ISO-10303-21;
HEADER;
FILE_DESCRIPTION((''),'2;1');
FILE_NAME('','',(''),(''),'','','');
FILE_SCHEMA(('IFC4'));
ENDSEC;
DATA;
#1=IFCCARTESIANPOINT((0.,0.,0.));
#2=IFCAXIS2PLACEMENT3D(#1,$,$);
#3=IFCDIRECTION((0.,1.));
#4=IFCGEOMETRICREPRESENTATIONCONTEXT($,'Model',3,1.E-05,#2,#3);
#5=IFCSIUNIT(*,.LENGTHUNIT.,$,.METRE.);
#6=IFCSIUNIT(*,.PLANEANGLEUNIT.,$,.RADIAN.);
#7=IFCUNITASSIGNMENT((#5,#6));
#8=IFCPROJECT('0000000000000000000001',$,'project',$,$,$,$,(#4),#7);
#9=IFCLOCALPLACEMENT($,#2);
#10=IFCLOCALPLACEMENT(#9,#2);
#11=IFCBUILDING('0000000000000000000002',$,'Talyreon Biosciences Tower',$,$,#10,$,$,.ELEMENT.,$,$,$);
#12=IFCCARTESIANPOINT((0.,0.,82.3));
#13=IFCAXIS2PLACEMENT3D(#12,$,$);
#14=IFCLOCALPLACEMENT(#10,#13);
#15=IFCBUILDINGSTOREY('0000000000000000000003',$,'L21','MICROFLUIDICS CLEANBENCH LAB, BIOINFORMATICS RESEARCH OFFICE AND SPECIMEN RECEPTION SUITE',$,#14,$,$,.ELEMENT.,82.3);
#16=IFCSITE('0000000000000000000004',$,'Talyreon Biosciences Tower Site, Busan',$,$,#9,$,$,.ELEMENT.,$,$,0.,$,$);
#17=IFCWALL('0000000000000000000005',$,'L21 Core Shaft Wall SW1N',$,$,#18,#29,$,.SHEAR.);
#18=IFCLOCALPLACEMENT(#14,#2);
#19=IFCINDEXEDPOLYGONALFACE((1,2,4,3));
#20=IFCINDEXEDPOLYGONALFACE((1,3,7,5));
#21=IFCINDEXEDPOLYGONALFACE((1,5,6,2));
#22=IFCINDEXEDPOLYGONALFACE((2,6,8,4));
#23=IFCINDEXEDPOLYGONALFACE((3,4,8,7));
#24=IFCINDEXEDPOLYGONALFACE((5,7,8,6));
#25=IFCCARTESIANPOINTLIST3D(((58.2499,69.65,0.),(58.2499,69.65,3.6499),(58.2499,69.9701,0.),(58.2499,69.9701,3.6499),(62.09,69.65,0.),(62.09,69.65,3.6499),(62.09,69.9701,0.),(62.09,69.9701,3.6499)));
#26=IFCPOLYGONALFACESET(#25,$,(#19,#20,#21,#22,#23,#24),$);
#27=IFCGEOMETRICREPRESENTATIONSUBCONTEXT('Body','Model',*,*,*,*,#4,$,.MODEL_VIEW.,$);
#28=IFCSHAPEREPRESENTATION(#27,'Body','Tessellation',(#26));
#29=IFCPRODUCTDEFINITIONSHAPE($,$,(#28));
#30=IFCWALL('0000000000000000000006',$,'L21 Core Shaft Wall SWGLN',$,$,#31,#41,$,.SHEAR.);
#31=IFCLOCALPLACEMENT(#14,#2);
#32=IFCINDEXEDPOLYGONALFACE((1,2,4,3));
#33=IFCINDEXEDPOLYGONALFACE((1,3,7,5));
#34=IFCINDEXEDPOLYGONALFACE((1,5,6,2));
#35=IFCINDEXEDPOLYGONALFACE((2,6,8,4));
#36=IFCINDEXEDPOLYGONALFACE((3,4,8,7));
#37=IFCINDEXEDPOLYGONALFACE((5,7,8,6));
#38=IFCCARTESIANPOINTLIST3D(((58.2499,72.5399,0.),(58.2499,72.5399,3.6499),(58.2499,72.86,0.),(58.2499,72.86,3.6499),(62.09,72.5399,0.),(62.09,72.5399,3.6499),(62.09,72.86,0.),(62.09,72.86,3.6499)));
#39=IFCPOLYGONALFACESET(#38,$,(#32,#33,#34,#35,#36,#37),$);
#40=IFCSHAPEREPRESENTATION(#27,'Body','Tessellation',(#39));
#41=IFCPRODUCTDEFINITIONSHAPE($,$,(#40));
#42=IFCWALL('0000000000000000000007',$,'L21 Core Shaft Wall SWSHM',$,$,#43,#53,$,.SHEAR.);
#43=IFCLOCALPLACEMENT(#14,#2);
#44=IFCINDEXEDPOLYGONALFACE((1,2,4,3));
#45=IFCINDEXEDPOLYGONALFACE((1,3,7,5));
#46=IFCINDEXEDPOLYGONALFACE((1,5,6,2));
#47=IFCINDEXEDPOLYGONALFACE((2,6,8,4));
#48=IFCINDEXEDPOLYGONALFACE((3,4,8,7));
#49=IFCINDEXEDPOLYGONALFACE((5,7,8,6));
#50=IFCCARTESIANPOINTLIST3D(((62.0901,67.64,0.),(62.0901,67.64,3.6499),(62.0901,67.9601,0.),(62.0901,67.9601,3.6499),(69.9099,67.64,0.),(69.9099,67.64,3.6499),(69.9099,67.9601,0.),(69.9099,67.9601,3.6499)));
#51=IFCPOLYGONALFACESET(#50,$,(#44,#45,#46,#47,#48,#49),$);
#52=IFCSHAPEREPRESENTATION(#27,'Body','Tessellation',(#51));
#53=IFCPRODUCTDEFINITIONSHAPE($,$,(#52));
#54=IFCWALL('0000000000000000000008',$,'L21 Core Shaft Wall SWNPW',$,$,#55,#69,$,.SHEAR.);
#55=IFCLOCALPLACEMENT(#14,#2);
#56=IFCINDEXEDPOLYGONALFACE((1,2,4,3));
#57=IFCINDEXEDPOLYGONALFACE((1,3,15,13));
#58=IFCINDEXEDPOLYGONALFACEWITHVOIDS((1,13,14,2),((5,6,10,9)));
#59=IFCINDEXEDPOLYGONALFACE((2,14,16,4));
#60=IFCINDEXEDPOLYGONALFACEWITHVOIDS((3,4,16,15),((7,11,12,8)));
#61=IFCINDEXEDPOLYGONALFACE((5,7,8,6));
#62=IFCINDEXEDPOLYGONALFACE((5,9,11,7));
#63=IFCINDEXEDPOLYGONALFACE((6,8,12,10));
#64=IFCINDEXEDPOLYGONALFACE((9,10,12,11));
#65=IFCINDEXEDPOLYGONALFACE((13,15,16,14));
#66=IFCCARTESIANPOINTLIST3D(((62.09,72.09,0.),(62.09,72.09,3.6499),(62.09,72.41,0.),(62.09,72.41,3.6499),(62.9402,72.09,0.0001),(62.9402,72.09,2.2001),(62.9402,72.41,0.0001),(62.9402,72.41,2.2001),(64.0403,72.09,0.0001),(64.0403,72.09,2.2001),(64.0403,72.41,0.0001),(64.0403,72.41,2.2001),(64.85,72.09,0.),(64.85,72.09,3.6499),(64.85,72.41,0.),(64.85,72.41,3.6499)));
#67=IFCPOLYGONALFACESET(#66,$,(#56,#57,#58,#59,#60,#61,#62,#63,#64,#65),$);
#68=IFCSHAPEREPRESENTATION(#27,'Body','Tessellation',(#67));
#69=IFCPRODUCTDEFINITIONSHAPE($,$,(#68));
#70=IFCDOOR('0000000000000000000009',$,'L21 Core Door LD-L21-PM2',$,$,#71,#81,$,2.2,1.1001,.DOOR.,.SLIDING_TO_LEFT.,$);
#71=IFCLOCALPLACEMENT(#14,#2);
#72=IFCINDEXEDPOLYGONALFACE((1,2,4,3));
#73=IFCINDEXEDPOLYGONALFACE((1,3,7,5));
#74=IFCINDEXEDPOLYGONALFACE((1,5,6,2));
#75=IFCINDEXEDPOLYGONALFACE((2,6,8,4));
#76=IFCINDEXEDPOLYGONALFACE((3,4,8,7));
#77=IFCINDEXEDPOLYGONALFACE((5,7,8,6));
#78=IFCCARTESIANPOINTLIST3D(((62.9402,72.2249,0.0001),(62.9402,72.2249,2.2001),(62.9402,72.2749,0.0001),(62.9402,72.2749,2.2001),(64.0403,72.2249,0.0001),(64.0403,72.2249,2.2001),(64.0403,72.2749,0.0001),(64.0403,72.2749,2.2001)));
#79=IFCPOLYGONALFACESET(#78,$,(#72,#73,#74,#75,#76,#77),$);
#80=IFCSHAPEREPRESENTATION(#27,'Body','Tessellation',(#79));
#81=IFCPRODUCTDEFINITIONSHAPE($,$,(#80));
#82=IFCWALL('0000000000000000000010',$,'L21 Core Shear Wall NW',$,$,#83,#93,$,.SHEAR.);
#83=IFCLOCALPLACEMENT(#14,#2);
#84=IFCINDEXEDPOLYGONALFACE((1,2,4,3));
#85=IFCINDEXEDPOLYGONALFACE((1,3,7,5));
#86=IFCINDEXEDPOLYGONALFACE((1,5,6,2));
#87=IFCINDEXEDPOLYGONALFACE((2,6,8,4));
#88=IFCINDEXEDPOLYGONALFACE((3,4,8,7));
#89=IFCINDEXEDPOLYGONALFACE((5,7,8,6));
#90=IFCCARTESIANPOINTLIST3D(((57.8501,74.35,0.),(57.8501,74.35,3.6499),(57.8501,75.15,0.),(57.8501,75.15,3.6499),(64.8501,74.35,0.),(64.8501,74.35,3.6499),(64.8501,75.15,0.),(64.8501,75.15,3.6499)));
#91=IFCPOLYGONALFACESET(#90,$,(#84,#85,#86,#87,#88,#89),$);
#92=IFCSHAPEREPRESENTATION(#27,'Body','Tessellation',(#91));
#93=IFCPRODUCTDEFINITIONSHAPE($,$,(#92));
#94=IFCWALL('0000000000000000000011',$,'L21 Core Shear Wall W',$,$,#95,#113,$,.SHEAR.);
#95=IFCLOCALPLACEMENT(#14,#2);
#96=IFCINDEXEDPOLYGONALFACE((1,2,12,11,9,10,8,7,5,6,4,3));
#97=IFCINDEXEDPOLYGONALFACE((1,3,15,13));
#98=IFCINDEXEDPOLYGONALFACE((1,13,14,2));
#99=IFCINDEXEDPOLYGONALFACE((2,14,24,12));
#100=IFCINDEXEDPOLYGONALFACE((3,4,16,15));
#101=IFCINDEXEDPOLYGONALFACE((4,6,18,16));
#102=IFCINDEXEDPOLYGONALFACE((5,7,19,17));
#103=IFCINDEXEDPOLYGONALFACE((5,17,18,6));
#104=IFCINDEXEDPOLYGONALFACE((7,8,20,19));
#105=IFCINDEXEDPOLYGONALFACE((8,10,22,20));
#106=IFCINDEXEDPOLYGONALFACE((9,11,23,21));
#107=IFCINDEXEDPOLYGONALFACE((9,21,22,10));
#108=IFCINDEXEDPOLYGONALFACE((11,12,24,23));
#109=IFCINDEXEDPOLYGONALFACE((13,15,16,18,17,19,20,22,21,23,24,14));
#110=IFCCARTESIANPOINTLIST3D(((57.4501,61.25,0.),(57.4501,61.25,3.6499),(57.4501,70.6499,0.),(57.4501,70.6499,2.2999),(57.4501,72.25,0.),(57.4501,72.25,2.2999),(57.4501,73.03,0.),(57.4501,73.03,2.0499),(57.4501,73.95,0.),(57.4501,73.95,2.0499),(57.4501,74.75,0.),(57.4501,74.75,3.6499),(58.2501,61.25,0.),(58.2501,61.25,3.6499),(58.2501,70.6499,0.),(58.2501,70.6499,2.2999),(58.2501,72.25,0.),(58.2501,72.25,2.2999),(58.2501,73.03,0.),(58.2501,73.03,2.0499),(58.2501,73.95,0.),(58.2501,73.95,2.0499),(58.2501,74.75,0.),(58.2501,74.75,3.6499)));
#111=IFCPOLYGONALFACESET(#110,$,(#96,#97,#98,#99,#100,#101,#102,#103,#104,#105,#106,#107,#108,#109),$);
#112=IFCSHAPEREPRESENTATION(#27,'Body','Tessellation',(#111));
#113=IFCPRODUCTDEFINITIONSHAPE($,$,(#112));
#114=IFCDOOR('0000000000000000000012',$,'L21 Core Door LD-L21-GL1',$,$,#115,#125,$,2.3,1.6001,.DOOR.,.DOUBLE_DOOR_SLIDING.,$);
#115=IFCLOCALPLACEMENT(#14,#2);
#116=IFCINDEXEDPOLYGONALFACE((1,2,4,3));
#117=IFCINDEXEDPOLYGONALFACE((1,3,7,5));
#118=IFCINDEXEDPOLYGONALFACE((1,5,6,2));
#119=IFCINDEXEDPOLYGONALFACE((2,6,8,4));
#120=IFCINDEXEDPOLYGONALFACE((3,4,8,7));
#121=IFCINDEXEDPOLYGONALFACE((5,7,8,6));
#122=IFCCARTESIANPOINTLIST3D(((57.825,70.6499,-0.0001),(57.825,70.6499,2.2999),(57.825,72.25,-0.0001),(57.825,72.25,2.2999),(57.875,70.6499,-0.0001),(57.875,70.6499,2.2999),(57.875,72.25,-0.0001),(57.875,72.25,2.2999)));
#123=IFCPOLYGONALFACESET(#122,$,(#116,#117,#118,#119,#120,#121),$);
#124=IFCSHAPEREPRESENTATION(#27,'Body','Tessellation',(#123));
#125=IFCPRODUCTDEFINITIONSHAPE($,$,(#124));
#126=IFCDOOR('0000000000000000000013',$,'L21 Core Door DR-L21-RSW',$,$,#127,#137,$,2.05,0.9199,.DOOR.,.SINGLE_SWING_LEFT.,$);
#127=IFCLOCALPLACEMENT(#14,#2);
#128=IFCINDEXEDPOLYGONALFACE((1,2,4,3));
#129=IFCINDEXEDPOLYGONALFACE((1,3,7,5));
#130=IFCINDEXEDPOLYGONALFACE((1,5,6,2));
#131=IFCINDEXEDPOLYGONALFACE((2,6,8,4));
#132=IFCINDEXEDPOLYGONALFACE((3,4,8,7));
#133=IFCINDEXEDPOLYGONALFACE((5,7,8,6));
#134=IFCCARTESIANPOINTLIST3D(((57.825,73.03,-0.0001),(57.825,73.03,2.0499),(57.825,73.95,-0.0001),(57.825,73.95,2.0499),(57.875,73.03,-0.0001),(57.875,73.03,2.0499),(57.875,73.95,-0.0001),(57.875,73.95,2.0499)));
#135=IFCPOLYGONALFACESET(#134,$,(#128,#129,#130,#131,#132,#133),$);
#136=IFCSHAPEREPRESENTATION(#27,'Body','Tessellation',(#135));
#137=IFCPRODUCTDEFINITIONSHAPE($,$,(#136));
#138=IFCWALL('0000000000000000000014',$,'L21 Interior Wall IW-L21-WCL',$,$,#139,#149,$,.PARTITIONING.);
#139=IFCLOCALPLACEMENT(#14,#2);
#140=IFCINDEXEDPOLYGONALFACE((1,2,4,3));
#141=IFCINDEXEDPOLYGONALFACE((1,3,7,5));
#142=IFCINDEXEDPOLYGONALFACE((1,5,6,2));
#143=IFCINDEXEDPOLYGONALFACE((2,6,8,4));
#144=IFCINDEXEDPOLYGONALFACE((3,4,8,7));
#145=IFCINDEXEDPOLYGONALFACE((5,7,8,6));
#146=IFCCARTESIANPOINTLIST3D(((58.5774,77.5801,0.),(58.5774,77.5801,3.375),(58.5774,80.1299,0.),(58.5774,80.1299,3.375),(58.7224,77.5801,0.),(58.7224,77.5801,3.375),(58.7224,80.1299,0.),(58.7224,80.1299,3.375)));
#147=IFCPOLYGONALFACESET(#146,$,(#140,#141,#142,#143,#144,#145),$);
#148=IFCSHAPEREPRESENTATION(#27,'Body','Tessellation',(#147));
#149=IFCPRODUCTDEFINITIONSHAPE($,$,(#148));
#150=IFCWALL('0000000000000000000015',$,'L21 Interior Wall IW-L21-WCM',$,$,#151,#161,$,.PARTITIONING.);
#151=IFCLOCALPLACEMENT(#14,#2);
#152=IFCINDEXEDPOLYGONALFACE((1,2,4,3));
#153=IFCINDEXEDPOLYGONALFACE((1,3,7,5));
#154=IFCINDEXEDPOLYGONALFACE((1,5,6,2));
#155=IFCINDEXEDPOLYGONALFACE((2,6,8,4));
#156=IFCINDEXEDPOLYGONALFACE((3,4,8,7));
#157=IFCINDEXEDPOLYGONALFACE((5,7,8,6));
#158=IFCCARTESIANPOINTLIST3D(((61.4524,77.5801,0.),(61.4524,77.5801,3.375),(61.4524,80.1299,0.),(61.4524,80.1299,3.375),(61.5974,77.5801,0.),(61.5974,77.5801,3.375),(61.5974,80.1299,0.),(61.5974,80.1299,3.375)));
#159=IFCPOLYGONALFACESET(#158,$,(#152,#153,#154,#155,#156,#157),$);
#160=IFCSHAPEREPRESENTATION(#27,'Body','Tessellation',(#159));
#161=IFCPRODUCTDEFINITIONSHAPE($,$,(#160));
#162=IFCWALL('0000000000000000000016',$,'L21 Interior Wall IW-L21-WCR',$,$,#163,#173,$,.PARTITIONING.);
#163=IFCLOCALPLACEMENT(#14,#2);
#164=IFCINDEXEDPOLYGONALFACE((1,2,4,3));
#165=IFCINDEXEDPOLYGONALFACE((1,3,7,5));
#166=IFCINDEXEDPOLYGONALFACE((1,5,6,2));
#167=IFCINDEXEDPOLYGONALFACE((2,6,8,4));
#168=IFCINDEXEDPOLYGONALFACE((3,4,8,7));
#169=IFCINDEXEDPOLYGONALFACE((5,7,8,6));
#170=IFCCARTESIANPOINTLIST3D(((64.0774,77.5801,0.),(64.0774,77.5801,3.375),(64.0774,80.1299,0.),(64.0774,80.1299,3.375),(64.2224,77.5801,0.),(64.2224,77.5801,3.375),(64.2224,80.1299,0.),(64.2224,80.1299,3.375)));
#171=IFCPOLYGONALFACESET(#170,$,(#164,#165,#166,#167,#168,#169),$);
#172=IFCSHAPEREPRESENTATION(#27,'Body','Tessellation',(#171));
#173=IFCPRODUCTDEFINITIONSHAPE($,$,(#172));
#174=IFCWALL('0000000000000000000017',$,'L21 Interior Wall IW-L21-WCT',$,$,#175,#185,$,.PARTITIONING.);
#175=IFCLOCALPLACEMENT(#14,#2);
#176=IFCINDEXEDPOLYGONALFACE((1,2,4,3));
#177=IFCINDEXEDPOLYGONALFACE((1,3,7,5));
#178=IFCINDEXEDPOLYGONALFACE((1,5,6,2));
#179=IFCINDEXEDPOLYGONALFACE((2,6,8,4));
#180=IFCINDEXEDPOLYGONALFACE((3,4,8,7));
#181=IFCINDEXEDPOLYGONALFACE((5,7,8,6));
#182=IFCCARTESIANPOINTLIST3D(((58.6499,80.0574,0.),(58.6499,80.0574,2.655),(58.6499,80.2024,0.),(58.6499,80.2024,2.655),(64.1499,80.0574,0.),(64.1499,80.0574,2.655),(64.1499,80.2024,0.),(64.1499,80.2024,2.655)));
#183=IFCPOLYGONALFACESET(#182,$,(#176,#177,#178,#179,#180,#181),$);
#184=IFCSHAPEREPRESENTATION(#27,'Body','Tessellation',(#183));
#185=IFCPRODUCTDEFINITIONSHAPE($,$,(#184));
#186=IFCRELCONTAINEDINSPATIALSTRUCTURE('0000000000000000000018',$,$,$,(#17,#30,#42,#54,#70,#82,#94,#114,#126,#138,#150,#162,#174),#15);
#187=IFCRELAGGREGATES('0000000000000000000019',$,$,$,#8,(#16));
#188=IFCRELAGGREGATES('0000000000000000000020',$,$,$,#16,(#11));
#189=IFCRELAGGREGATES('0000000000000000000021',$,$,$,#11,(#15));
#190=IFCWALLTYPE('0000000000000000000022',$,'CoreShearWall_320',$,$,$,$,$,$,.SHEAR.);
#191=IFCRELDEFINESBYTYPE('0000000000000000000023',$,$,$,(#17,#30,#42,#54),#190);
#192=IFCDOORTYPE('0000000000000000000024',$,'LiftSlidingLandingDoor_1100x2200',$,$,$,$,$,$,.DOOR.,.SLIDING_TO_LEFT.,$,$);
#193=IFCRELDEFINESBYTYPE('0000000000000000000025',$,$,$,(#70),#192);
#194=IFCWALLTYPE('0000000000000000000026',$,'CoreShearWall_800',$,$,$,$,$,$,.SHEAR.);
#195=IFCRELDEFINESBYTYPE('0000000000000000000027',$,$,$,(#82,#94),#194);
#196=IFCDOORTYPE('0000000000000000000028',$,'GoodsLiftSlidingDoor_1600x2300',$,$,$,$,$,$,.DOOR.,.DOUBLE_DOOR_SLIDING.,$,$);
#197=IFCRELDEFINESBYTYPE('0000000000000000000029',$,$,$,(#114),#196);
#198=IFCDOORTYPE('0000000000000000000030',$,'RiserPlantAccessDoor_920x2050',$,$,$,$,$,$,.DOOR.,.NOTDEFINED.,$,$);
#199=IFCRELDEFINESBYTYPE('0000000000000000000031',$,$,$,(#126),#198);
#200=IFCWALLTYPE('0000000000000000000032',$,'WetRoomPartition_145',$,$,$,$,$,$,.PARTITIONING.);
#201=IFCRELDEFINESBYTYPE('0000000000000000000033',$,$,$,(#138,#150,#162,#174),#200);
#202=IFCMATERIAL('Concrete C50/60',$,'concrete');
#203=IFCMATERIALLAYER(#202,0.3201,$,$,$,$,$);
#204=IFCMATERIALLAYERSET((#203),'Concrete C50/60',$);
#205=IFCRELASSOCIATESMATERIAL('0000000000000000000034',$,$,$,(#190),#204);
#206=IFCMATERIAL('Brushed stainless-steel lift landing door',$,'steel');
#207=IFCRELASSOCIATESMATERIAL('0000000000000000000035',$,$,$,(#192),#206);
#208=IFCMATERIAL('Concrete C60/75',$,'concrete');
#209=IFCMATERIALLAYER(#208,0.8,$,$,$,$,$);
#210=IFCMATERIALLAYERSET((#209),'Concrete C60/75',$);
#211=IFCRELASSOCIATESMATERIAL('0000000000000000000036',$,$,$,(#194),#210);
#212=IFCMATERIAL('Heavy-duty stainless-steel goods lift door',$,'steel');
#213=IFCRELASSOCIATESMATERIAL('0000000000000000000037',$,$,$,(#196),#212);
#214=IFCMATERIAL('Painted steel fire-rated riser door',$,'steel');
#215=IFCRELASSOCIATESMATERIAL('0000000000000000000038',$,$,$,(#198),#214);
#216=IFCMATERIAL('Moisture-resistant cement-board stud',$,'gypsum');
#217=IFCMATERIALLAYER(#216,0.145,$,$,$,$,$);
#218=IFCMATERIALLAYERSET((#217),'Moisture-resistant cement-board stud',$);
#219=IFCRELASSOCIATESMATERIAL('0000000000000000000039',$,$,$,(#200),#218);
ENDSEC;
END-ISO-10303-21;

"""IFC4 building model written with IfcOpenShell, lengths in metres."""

from ifc_helpers import new_model, si_unit, direction, frame, frame_2d, origin, place, context, subcontext, project, spatial, rectangle, extrude, material, layer, layer_set, type_object, element, fill, save


model = new_model("IFC4")

# Units and contexts
model_context = context("Model", 3, precision=1e-05, world=origin(), true_north=direction((0.0, 1.0)))
body_context = subcontext(model_context, "Body", "Model", "MODEL_VIEW")
ifc_project = project(units=[si_unit("LENGTHUNIT", "METRE"), si_unit("PLANEANGLEUNIT", "RADIAN")], contexts=[model_context])

# Site, building, storey
site_placement = place(None, origin())
site = spatial("IfcSite", under=ifc_project, at=site_placement, Name="Talyreon Biosciences Tower Site, Busan", CompositionType="ELEMENT", RefElevation=0.0)
building_placement = place(site_placement, origin())
building = spatial("IfcBuilding", under=site, at=building_placement, Name="Talyreon Biosciences Tower", CompositionType="ELEMENT")
storey_placement = place(building_placement, frame((0.0, 0.0, 82.3)))
storey = spatial("IfcBuildingStorey", under=building, at=storey_placement, Name="L21", Description="MICROFLUIDICS CLEANBENCH LAB, BIOINFORMATICS RESEARCH OFFICE AND SPECIMEN RECEPTION SUITE", CompositionType="ELEMENT", Elevation=82.3)

# Shared definitions
ifc_material_1 = material(Name="Concrete C50/60", Category="concrete")

# Shared definitions
ifc_material_2 = material(Name="Concrete C60/75", Category="concrete")

# Walls
ifc_layer_1 = layer(ifc_material_1, 0.3201)
ifc_layer_set_1 = layer_set([ifc_layer_1], Name="Concrete C50/60")
wall_type_1 = type_object("IfcWallType", Name="CoreShearWall_320", PredefinedType="SHEAR", material=ifc_layer_set_1)
for number, where, z_axis, x_axis, name in (
    (1, (58.25, 69.8101, 0.0), (0.0, 0.0, 1.0), (1.0, 0.0, 0.0), "L21 Core Shaft Wall SW1N"),
    (2, (58.25, 72.7, 0.0), (0.0, 0.0, 1.0), (1.0, 0.0, 0.0), "L21 Core Shaft Wall SWGLN"),
):
    element("IfcWall", number, at=place(storey_placement, frame(where, z_axis=z_axis, x_axis=x_axis)), inside=storey, type_object=wall_type_1, Name=name, PredefinedType="SHEAR", context=body_context, shape_type="SweptSolid", body=[
        extrude(rectangle(XDim=3.8401, YDim=0.3201, at=frame_2d((1.9199, 0.0))), origin(), (0.0, 0.0, 1.0), 3.6499),
    ])
wall_1_placement = place(storey_placement, frame((62.0901, 67.8, 0.0), z_axis=(0.0, 0.0, 1.0), x_axis=(1.0, 0.0, 0.0)))
element("IfcWall", 3, at=wall_1_placement, inside=storey, type_object=wall_type_1, Name="L21 Core Shaft Wall SWSHM", PredefinedType="SHEAR", context=body_context, shape_type="SweptSolid", body=[
    extrude(rectangle(XDim=7.8198, YDim=0.3201, at=frame_2d((3.9099, 0.0))), origin(), (0.0, 0.0, 1.0), 3.6499),
])

# Shared definitions
ifc_material_3 = material(Name="Brushed stainless-steel lift landing door", Category="steel")
door_type_1 = type_object("IfcDoorType", Name="LiftSlidingLandingDoor_1100x2200", OperationType="SLIDING_TO_LEFT", PredefinedType="DOOR", material=ifc_material_3)

# Wall, opening, door
wall_2_placement = place(storey_placement, frame((62.0901, 72.25, 0.0), z_axis=(0.0, 0.0, 1.0), x_axis=(1.0, 0.0, 0.0)))
wall_2 = element("IfcWall", 4, at=wall_2_placement, inside=storey, type_object=wall_type_1, Name="L21 Core Shaft Wall SWNPW", PredefinedType="SHEAR", context=body_context, shape_type="SweptSolid", body=[
    extrude(rectangle(XDim=2.76, YDim=0.3201, at=frame_2d((1.3799, 0.0))), origin(), (0.0, 0.0, 1.0), 3.6499),
])
opening_1_placement = place(wall_2_placement, frame((0.8501, 0.0, 0.0)))
opening_1 = element("IfcOpeningElement", 5, at=opening_1_placement, cuts=wall_2, PredefinedType="OPENING", context=body_context, shape_type="SweptSolid", body=[
    extrude(rectangle(XDim=1.1001, YDim=2.2, at=frame_2d((0.55, 1.1001))), frame((0.0, 0.1699, 0.0), z_axis=(0.0, -1.0, 0.0), x_axis=(1.0, 0.0, 0.0)), (0.0, 0.0, 1.0), 0.3401),
])
door_1_placement = place(opening_1_placement, origin())
door_1 = element("IfcDoor", 6, at=door_1_placement, inside=storey, type_object=door_type_1, Name="L21 Core Door LD-L21-PM2", OperationType="SLIDING_TO_LEFT", OverallHeight=2.2, OverallWidth=1.1001, PredefinedType="DOOR", context=body_context, shape_type="SweptSolid", body=[
    extrude(rectangle(XDim=1.1001, YDim=2.2, at=frame_2d((0.55, 1.1001))), frame((0.0, 0.0249, 0.0), z_axis=(0.0, -1.0, 0.0), x_axis=(1.0, 0.0, 0.0)), (0.0, 0.0, 1.0), 0.05),
])
fill(opening_1, door_1)

# Wall
ifc_layer_2 = layer(ifc_material_2, 0.8)
ifc_layer_set_2 = layer_set([ifc_layer_2], Name="Concrete C60/75")
wall_type_2 = type_object("IfcWallType", Name="CoreShearWall_800", PredefinedType="SHEAR", material=ifc_layer_set_2)
wall_3_placement = place(storey_placement, frame((64.8501, 74.75, 0.0), z_axis=(0.0, 0.0, 1.0), x_axis=(-1.0, 0.0, 0.0)))
element("IfcWall", 7, at=wall_3_placement, inside=storey, type_object=wall_type_2, Name="L21 Core Shear Wall NW", PredefinedType="SHEAR", context=body_context, shape_type="SweptSolid", body=[
    extrude(rectangle(XDim=7.0, YDim=0.8, at=frame_2d((3.5, 0.0))), origin(), (0.0, 0.0, 1.0), 3.6499),
])

# Wall, openings, doors
wall_4_placement = place(storey_placement, frame((57.8501, 74.75, 0.0), z_axis=(0.0, 0.0, 1.0), x_axis=(0.0, -1.0, 0.0)))
wall_4 = element("IfcWall", 8, at=wall_4_placement, inside=storey, type_object=wall_type_2, Name="L21 Core Shear Wall W", PredefinedType="SHEAR", context=body_context, shape_type="SweptSolid", body=[
    extrude(rectangle(XDim=13.5, YDim=0.8, at=frame_2d((6.75, 0.0))), origin(), (0.0, 0.0, 1.0), 3.6499),
])
opening_2_placement = place(wall_4_placement, frame((0.8, 0.0, 0.0)))
opening_2 = element("IfcOpeningElement", 9, at=opening_2_placement, cuts=wall_4, PredefinedType="OPENING", context=body_context, shape_type="SweptSolid", body=[
    extrude(rectangle(XDim=0.9199, YDim=2.05, at=frame_2d((0.46, 1.0249))), frame((0.0, 0.4099, 0.0), z_axis=(0.0, -1.0, 0.0), x_axis=(1.0, 0.0, 0.0)), (0.0, 0.0, 1.0), 0.8201),
])
opening_3_placement = place(wall_4_placement, frame((2.5, 0.0, 0.0)))
opening_3 = element("IfcOpeningElement", 10, at=opening_3_placement, cuts=wall_4, PredefinedType="OPENING", context=body_context, shape_type="SweptSolid", body=[
    extrude(rectangle(XDim=1.6001, YDim=2.3, at=frame_2d((0.8, 1.1499))), frame((0.0, 0.4099, 0.0), z_axis=(0.0, -1.0, 0.0), x_axis=(1.0, 0.0, 0.0)), (0.0, 0.0, 1.0), 0.8201),
])
ifc_material_4 = material(Name="Heavy-duty stainless-steel goods lift door", Category="steel")
door_type_2 = type_object("IfcDoorType", Name="GoodsLiftSlidingDoor_1600x2300", OperationType="DOUBLE_DOOR_SLIDING", PredefinedType="DOOR", material=ifc_material_4)
door_2_placement = place(opening_3_placement, origin())
door_2 = element("IfcDoor", 11, at=door_2_placement, inside=storey, type_object=door_type_2, Name="L21 Core Door LD-L21-GL1", OperationType="DOUBLE_DOOR_SLIDING", OverallHeight=2.3, OverallWidth=1.6001, PredefinedType="DOOR", context=body_context, shape_type="SweptSolid", body=[
    extrude(rectangle(XDim=1.6001, YDim=2.3, at=frame_2d((0.8, 1.1499))), frame((0.0, 0.0249, 0.0), z_axis=(0.0, -1.0, 0.0), x_axis=(1.0, 0.0, 0.0)), (0.0, 0.0, 1.0), 0.05),
])
fill(opening_3, door_2)
ifc_material_5 = material(Name="Painted steel fire-rated riser door", Category="steel")
door_type_3 = type_object("IfcDoorType", Name="RiserPlantAccessDoor_920x2050", OperationType="NOTDEFINED", PredefinedType="DOOR", material=ifc_material_5)
door_3_placement = place(opening_2_placement, origin())
door_3 = element("IfcDoor", 12, at=door_3_placement, inside=storey, type_object=door_type_3, Name="L21 Core Door DR-L21-RSW", OperationType="SINGLE_SWING_LEFT", OverallHeight=2.05, OverallWidth=0.9199, PredefinedType="DOOR", context=body_context, shape_type="SweptSolid", body=[
    extrude(rectangle(XDim=0.9199, YDim=2.05, at=frame_2d((0.46, 1.0249))), frame((0.0, 0.0249, 0.0), z_axis=(0.0, -1.0, 0.0), x_axis=(1.0, 0.0, 0.0)), (0.0, 0.0, 1.0), 0.05),
])
fill(opening_2, door_3)

# Walls
ifc_material_6 = material(Name="Moisture-resistant cement-board stud", Category="gypsum")
ifc_layer_3 = layer(ifc_material_6, 0.145)
ifc_layer_set_3 = layer_set([ifc_layer_3], Name="Moisture-resistant cement-board stud")
wall_type_3 = type_object("IfcWallType", Name="WetRoomPartition_145", PredefinedType="PARTITIONING", material=ifc_layer_set_3)
for number, where, z_axis, x_axis, name in (
    (13, (58.6499, 77.5801, 0.0), (0.0, 0.0, 1.0), (0.0, 1.0, 0.0), "L21 Interior Wall IW-L21-WCL"),
    (14, (61.5249, 77.5801, 0.0), (0.0, 0.0, 1.0), (0.0, 1.0, 0.0), "L21 Interior Wall IW-L21-WCM"),
    (15, (64.1499, 77.5801, 0.0), (0.0, 0.0, 1.0), (0.0, 1.0, 0.0), "L21 Interior Wall IW-L21-WCR"),
):
    element("IfcWall", number, at=place(storey_placement, frame(where, z_axis=z_axis, x_axis=x_axis)), inside=storey, type_object=wall_type_3, Name=name, PredefinedType="PARTITIONING", context=body_context, shape_type="SweptSolid", body=[
        extrude(rectangle(XDim=2.5498, YDim=0.145, at=frame_2d((1.2749, 0.0))), origin(), (0.0, 0.0, 1.0), 3.375),
    ])
wall_5_placement = place(storey_placement, frame((58.6499, 80.1299, 0.0), z_axis=(0.0, 0.0, 1.0), x_axis=(1.0, 0.0, 0.0)))
element("IfcWall", 16, at=wall_5_placement, inside=storey, type_object=wall_type_3, Name="L21 Interior Wall IW-L21-WCT", PredefinedType="PARTITIONING", context=body_context, shape_type="SweptSolid", body=[
    extrude(rectangle(XDim=5.5, YDim=0.145, at=frame_2d((2.75, 0.0))), origin(), (0.0, 0.0, 1.0), 2.655),
])

save(model, "model.ifc")
